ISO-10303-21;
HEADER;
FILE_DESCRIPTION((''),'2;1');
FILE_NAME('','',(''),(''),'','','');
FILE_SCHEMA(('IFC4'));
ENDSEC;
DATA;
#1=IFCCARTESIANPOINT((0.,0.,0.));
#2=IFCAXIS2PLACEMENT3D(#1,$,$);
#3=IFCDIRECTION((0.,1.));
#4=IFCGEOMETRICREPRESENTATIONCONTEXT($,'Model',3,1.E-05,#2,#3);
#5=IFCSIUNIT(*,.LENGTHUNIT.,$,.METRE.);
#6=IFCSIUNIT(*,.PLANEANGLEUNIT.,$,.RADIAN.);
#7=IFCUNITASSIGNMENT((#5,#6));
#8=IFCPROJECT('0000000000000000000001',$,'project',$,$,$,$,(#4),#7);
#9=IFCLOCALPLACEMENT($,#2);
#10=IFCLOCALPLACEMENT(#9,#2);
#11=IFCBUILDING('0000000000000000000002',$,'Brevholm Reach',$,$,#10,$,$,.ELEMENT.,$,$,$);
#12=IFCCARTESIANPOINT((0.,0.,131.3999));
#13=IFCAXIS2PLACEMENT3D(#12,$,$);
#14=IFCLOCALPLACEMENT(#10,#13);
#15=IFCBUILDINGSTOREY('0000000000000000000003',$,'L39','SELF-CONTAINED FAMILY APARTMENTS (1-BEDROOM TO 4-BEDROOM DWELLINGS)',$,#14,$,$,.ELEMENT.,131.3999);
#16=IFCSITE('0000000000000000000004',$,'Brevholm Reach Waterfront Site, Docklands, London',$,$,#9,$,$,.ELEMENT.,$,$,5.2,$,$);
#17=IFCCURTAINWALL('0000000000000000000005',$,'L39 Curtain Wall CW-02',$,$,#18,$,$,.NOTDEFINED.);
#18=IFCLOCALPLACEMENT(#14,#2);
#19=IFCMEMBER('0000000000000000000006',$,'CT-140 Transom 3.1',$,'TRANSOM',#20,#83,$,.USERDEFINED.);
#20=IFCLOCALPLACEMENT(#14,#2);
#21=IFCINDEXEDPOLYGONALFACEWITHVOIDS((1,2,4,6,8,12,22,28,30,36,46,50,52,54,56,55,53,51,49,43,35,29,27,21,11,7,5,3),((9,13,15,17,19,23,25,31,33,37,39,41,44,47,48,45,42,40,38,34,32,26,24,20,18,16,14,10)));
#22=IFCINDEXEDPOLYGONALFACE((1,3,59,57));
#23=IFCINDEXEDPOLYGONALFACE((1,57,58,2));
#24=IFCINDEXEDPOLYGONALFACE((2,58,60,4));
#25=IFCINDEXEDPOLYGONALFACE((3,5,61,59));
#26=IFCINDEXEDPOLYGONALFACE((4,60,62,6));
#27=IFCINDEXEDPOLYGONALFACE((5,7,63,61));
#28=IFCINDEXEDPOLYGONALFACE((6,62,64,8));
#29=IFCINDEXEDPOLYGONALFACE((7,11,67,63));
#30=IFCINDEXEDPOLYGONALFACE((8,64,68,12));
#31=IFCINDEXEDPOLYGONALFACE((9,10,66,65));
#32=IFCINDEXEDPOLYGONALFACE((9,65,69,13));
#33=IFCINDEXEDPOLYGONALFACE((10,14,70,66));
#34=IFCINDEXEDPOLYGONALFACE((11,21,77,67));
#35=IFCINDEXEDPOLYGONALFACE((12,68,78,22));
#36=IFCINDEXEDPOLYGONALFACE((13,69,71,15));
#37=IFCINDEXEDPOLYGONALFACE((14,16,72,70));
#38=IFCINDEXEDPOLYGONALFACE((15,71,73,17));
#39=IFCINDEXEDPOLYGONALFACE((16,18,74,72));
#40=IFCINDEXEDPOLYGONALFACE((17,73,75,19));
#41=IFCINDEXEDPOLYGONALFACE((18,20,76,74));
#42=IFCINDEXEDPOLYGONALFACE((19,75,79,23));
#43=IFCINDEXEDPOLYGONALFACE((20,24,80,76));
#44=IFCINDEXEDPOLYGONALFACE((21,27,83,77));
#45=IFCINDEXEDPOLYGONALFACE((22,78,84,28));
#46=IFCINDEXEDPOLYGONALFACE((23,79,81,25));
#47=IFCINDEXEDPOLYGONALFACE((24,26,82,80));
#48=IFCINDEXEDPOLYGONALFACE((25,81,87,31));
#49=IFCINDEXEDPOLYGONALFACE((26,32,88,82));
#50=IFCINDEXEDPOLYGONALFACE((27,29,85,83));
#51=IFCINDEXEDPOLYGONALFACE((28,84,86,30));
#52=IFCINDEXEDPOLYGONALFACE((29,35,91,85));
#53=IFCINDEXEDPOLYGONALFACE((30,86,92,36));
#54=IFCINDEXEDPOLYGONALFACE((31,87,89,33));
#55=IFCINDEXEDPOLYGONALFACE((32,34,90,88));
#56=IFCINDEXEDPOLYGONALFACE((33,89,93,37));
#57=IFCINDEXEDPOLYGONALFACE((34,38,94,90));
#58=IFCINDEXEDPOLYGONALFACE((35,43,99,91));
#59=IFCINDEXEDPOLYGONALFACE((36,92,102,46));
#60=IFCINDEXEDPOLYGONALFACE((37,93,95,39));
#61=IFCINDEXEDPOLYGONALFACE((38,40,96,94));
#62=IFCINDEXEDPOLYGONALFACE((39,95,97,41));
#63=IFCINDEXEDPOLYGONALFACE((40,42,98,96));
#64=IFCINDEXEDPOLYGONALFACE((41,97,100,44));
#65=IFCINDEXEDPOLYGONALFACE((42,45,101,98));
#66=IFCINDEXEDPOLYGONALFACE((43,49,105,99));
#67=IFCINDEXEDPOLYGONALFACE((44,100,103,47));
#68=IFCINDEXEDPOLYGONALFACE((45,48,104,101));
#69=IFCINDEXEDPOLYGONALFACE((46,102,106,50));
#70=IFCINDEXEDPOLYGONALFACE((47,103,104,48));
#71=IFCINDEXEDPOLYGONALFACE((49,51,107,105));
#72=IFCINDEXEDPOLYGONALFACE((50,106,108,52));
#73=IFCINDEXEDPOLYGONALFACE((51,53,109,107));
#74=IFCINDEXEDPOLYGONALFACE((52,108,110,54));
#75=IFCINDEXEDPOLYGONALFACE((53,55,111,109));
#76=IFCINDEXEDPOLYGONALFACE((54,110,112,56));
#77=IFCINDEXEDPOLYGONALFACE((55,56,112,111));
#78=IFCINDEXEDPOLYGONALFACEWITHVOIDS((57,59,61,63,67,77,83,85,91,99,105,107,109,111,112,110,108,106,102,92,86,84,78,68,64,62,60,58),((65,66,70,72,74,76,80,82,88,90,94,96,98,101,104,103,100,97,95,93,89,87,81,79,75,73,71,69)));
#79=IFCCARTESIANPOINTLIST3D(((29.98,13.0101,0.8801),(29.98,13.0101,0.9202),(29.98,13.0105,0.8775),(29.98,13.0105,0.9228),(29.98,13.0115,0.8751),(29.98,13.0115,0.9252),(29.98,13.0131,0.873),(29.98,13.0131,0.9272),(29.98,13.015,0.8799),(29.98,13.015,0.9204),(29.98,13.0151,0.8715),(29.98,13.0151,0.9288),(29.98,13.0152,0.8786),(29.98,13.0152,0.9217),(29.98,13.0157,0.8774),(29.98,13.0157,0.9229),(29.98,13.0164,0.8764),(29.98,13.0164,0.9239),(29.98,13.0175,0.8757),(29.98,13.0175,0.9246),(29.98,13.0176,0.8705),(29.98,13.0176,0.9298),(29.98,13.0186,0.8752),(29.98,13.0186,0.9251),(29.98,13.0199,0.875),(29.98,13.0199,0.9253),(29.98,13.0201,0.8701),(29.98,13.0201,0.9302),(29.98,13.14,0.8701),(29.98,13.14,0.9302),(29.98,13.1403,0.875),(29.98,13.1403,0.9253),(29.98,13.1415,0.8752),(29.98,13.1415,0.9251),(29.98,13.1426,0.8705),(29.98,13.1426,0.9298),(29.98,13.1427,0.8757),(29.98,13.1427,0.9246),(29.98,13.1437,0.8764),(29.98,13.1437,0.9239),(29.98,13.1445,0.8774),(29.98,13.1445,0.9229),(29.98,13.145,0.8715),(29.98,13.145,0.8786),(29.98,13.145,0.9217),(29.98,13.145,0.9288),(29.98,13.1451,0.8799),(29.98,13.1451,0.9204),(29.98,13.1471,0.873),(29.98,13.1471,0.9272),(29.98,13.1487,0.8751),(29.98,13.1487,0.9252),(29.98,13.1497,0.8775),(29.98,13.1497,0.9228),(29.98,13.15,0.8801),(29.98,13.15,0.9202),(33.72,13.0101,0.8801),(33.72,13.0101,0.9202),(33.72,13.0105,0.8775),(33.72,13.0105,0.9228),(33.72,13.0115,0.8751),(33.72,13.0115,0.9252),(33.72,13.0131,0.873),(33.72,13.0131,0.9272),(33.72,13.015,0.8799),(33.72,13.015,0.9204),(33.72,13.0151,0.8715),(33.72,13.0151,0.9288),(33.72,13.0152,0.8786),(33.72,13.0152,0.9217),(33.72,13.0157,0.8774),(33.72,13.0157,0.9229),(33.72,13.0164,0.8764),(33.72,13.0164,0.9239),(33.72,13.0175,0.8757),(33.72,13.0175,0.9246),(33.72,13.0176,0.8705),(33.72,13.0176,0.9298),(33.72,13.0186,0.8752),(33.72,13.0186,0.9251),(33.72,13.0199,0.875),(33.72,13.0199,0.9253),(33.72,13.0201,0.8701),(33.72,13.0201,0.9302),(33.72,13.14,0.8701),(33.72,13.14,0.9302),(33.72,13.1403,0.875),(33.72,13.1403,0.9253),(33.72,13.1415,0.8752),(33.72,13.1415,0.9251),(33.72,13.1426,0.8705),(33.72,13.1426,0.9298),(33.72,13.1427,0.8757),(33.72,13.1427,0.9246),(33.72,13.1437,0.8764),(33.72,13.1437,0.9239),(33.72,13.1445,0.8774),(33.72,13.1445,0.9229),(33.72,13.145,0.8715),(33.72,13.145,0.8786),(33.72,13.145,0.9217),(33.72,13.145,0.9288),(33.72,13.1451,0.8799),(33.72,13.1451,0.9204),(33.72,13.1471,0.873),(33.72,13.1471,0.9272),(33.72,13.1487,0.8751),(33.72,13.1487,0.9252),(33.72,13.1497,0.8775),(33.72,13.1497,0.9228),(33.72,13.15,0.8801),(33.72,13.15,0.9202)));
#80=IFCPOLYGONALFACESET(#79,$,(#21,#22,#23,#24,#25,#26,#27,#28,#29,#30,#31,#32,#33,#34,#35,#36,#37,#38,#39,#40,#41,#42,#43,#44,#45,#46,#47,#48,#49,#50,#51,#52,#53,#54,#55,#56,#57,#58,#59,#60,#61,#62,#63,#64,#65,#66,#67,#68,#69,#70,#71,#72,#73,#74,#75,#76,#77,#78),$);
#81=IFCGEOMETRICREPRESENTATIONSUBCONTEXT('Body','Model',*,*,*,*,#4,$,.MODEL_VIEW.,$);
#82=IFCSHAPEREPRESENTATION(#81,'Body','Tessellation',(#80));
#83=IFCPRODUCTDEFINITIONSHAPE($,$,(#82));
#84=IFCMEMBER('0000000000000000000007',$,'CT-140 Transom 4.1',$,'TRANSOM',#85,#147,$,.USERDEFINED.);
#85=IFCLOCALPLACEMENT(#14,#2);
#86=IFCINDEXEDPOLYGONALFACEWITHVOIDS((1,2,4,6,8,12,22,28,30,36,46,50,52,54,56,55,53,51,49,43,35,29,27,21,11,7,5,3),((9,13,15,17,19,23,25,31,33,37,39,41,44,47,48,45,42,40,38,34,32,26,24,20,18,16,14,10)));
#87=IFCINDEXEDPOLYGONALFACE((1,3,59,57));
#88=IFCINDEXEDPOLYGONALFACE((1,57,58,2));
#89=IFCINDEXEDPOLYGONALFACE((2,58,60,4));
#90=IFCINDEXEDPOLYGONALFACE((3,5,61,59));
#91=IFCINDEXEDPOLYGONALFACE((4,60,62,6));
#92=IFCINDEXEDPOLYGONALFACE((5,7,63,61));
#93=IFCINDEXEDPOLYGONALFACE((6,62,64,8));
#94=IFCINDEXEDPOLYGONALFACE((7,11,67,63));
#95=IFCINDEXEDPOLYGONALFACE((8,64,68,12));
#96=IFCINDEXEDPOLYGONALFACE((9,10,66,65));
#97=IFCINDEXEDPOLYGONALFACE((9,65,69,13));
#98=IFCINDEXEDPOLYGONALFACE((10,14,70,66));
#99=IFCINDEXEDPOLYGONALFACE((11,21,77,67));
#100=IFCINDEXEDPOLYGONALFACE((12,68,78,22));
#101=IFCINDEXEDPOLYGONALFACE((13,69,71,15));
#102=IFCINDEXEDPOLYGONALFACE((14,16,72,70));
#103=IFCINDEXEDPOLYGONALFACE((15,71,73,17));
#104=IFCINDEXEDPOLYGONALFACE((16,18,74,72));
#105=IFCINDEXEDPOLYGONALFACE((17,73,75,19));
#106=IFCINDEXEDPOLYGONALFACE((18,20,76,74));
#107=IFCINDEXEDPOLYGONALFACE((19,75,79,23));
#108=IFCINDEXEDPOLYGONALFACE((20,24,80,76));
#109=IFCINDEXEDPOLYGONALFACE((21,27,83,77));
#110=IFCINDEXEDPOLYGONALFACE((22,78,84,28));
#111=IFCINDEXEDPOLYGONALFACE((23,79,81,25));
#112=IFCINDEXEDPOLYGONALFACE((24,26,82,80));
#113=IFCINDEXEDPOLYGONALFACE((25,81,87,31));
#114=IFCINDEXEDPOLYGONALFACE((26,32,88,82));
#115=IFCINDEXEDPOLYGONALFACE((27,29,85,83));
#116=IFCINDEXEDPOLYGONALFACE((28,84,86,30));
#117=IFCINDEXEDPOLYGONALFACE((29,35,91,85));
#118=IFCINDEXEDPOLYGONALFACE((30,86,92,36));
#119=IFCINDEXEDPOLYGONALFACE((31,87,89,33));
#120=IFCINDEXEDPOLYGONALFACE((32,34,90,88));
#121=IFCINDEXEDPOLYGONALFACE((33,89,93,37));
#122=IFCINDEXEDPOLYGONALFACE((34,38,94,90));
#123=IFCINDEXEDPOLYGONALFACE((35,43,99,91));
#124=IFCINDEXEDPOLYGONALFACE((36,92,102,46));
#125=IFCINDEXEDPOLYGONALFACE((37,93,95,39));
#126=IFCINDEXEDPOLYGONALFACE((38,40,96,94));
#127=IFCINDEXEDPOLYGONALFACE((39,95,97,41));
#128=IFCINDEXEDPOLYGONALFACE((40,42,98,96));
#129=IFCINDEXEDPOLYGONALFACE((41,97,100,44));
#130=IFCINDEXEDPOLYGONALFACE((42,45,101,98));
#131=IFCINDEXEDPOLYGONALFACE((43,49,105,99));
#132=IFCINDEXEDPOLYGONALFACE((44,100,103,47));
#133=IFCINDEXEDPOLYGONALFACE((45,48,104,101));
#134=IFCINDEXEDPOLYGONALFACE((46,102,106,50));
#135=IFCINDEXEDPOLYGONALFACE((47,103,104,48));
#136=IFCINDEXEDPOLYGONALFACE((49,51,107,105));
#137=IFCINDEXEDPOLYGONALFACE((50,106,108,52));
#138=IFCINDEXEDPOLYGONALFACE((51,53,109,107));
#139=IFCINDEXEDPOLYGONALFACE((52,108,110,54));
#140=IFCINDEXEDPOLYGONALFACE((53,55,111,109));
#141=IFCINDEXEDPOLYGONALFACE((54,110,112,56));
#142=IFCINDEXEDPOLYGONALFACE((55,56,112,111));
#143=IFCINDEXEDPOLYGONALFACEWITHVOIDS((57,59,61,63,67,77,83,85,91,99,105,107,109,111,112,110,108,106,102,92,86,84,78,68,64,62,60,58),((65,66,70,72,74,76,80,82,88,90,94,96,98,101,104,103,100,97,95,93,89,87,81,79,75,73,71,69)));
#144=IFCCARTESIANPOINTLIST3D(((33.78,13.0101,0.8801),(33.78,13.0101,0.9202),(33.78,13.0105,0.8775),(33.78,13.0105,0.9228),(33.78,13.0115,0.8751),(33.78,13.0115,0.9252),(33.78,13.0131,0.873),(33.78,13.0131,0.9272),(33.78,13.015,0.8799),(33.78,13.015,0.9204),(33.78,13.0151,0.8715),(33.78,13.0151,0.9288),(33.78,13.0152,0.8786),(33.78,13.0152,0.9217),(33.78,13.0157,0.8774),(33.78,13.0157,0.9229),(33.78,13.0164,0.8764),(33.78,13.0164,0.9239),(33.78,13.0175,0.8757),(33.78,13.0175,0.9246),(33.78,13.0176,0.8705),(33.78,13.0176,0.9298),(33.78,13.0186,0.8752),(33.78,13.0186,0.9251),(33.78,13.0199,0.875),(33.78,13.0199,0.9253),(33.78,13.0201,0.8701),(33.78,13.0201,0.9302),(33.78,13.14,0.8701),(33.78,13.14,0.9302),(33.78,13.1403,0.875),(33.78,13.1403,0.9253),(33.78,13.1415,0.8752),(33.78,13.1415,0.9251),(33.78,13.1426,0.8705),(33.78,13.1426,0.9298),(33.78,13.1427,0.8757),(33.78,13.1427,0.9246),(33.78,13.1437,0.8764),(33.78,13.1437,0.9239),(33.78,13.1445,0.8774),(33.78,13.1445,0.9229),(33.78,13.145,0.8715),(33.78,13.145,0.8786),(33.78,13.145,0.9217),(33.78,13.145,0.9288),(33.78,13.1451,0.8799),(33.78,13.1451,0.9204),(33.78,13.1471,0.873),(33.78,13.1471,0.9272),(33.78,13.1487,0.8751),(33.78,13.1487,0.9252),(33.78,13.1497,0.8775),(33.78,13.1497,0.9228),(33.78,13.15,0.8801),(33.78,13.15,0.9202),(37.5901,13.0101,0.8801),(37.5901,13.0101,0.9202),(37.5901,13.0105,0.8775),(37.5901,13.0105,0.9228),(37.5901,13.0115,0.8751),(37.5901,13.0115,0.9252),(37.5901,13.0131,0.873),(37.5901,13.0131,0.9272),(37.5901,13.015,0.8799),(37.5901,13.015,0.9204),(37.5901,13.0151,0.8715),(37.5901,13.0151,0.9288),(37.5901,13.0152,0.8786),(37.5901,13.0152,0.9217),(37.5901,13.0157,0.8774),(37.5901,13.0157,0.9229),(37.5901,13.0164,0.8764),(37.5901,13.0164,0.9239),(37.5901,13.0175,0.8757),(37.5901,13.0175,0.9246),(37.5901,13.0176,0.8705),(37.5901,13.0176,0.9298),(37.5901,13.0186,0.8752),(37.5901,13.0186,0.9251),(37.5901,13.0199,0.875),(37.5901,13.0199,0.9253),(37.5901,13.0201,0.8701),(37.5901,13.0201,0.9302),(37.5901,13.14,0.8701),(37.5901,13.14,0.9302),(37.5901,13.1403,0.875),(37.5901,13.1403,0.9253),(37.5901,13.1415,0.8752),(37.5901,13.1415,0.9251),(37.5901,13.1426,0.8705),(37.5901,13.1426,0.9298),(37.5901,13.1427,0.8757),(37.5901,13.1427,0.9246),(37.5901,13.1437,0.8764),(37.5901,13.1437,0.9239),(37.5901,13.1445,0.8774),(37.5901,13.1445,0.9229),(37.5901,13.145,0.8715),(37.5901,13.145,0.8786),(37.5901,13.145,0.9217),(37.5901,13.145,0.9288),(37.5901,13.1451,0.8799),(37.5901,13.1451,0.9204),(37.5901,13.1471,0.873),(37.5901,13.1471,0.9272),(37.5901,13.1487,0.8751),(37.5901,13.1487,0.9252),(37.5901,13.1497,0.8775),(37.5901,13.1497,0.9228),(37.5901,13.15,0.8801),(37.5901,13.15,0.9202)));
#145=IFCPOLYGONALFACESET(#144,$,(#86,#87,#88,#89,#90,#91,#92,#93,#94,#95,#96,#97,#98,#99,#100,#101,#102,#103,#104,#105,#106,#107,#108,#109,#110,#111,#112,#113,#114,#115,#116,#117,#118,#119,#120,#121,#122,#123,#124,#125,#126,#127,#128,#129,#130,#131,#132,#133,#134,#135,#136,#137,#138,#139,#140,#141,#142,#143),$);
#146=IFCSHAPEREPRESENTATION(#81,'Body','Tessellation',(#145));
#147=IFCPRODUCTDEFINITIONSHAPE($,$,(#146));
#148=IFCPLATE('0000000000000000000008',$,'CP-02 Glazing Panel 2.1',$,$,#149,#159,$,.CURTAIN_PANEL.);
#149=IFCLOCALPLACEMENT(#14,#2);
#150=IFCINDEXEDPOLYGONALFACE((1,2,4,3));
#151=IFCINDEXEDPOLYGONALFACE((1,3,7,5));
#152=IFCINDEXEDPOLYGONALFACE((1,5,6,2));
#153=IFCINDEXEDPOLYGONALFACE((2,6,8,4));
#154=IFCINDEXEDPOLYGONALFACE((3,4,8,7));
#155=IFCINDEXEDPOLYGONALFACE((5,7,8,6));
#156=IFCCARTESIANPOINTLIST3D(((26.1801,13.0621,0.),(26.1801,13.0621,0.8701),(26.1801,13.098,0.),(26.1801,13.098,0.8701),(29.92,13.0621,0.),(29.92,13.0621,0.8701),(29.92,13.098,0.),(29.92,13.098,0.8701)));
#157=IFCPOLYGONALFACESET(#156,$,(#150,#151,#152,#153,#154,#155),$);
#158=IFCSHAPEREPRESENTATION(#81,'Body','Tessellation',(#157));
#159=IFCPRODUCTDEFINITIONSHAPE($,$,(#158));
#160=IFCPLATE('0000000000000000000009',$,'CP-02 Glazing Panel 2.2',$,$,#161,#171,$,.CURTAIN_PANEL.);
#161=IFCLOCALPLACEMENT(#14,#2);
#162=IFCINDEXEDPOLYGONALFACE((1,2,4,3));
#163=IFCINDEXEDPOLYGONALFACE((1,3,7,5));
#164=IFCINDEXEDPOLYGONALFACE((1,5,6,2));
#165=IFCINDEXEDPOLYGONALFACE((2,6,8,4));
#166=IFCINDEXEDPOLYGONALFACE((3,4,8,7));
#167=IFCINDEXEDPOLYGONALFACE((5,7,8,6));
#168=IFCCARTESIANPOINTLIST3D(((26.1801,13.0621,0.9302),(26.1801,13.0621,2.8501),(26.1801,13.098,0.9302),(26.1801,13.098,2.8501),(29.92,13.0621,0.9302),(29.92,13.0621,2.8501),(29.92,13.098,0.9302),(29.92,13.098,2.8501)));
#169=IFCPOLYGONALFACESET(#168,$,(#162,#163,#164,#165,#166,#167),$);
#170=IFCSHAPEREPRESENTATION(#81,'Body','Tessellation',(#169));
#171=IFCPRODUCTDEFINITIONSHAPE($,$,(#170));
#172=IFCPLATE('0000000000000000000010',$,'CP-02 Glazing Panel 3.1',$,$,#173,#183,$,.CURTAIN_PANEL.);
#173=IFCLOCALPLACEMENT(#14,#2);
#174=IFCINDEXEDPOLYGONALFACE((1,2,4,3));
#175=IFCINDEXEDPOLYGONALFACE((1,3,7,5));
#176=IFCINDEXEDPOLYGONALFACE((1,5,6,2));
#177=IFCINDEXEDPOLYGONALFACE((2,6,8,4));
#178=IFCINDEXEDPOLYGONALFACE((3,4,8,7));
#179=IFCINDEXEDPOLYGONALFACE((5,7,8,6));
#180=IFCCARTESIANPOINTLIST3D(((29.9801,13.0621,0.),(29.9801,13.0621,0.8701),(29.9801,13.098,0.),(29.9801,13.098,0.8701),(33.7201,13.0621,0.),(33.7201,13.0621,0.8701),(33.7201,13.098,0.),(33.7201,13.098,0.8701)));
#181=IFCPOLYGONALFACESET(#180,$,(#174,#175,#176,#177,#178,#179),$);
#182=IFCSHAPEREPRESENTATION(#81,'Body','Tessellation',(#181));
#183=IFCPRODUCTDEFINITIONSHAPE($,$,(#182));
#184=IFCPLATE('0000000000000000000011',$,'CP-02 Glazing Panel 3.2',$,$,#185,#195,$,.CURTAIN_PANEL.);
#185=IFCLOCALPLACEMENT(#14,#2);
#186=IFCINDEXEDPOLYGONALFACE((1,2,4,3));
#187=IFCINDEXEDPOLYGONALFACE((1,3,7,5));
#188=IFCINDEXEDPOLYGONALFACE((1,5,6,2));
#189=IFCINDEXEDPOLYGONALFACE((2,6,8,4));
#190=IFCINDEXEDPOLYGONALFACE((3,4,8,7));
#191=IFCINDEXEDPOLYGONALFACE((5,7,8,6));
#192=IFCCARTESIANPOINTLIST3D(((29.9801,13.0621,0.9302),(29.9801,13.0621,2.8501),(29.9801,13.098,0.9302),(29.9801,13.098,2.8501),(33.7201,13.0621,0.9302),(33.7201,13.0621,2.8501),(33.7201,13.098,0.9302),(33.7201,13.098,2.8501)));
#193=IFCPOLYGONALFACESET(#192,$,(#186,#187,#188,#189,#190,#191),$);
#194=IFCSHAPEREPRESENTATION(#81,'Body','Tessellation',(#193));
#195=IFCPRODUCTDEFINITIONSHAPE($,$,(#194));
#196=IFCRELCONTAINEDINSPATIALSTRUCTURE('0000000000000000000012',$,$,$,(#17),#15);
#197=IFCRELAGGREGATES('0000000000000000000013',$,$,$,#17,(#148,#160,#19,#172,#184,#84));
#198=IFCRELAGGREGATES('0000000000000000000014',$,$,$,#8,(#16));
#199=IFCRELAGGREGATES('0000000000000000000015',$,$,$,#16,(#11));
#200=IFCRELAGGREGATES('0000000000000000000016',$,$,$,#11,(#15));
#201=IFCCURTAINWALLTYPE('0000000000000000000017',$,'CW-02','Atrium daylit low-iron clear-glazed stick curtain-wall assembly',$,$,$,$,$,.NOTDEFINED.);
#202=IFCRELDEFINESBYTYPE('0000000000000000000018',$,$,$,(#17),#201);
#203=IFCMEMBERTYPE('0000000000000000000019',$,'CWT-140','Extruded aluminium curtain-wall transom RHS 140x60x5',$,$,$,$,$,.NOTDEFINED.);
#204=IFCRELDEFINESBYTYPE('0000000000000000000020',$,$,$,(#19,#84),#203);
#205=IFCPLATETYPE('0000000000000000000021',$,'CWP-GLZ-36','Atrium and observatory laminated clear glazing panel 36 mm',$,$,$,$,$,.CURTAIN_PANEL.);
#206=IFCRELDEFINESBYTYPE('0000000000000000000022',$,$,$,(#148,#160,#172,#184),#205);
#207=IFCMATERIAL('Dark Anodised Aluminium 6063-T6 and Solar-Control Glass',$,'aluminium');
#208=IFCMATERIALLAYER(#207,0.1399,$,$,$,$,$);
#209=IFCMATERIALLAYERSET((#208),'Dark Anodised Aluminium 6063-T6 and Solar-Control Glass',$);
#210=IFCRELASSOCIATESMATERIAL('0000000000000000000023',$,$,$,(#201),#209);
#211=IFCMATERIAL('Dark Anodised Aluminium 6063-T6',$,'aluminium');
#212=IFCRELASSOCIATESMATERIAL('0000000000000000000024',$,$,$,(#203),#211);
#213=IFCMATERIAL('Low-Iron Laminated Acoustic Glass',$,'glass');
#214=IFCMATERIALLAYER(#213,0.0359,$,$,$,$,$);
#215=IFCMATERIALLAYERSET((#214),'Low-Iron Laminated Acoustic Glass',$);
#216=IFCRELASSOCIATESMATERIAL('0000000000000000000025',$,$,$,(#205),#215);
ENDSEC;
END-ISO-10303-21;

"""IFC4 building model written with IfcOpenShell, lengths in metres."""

from ifc_helpers import new_model, si_unit, direction, frame, origin, origin_2d, place, context, subcontext, project, spatial, rectangle, hollow_rectangle, extrude, material, layer, layer_set, material_profile, profile_set, type_object, element, aggregate, save


model = new_model("IFC4")

# Units and contexts
model_context = context("Model", 3, precision=1e-05, world=origin(), true_north=direction((0.0, 1.0)))
body_context = subcontext(model_context, "Body", "Model", "MODEL_VIEW")
ifc_project = project(units=[si_unit("LENGTHUNIT", "METRE"), si_unit("PLANEANGLEUNIT", "RADIAN")], contexts=[model_context])

# Site, building, storey
site_placement = place(None, origin())
site = spatial("IfcSite", under=ifc_project, at=site_placement, Name="Brevholm Reach Waterfront Site, Docklands, London", CompositionType="ELEMENT", RefElevation=5.2)
building_placement = place(site_placement, origin())
building = spatial("IfcBuilding", under=site, at=building_placement, Name="Brevholm Reach", CompositionType="ELEMENT")
storey_placement = place(building_placement, frame((0.0, 0.0, 131.3999)))
storey = spatial("IfcBuildingStorey", under=building, at=storey_placement, Name="L39", Description="SELF-CONTAINED FAMILY APARTMENTS (1-BEDROOM TO 4-BEDROOM DWELLINGS)", CompositionType="ELEMENT", Elevation=131.3999)

# Curtain wall, members, plates
ifc_material_1 = material(Name="Dark Anodised Aluminium 6063-T6 and Solar-Control Glass", Category="aluminium")
ifc_layer_1 = layer(ifc_material_1, 0.1399)
ifc_layer_set_1 = layer_set([ifc_layer_1], Name="Dark Anodised Aluminium 6063-T6 and Solar-Control Glass")
curtain_wall_type = type_object("IfcCurtainWallType", Name="CW-02", Description="Atrium daylit low-iron clear-glazed stick curtain-wall assembly", PredefinedType="NOTDEFINED", material=ifc_layer_set_1)
curtain_wall_placement = place(storey_placement, origin())
curtain_wall = element("IfcCurtainWall", 1, at=curtain_wall_placement, inside=storey, type_object=curtain_wall_type, Name="L39 Curtain Wall CW-02", PredefinedType="NOTDEFINED")
ifc_material_2 = material(Name="Dark Anodised Aluminium 6063-T6", Category="aluminium")
ifc_material_profile_1 = material_profile(ifc_material_2, hollow_rectangle(XDim=0.0601, YDim=0.1399, WallThickness=0.0049, InnerFilletRadius=0.0049, OuterFilletRadius=0.01, at=origin_2d()), Name="RHS 140x60x5")
ifc_profile_set_1 = profile_set([ifc_material_profile_1], Name="Dark Anodised Aluminium 6063-T6")
member_type_1 = type_object("IfcMemberType", Name="CWT-140", Description="Extruded aluminium curtain-wall transom RHS 140x60x5", PredefinedType="NOTDEFINED", material=ifc_profile_set_1)
member_1_placement = place(storey_placement, frame((29.98, 13.0801, 0.9001), z_axis=(1.0, 0.0, 0.0), x_axis=(0.0, 0.0, 1.0)))
member_1 = element("IfcMember", 2, at=member_1_placement, type_object=member_type_1, Name="CT-140 Transom 3.1", ObjectType="TRANSOM", PredefinedType="USERDEFINED", context=body_context, shape_type="SweptSolid", body=[
    extrude(hollow_rectangle(XDim=0.0601, YDim=0.1399, WallThickness=0.0049, InnerFilletRadius=0.0049, OuterFilletRadius=0.01, at=origin_2d()), origin(), (0.0, 0.0, 1.0), 3.74),
])
member_2_placement = place(storey_placement, frame((33.78, 13.0801, 0.9001), z_axis=(1.0, 0.0, 0.0), x_axis=(0.0, 0.0, 1.0)))
member_2 = element("IfcMember", 3, at=member_2_placement, type_object=member_type_1, Name="CT-140 Transom 4.1", ObjectType="TRANSOM", PredefinedType="USERDEFINED", context=body_context, shape_type="SweptSolid", body=[
    extrude(hollow_rectangle(XDim=0.0601, YDim=0.1399, WallThickness=0.0049, InnerFilletRadius=0.0049, OuterFilletRadius=0.01, at=origin_2d()), origin(), (0.0, 0.0, 1.0), 3.8101),
])
ifc_material_3 = material(Name="Low-Iron Laminated Acoustic Glass", Category="glass")
ifc_layer_2 = layer(ifc_material_3, 0.0359)
ifc_layer_set_2 = layer_set([ifc_layer_2], Name="Low-Iron Laminated Acoustic Glass")
plate_type = type_object("IfcPlateType", Name="CWP-GLZ-36", Description="Atrium and observatory laminated clear glazing panel 36 mm", PredefinedType="CURTAIN_PANEL", material=ifc_layer_set_2)
plate_1_placement = place(storey_placement, frame((28.05, 13.0801, 0.0), z_axis=(0.0, 0.0, 1.0), x_axis=(1.0, 0.0, 0.0)))
plate_1 = element("IfcPlate", 4, at=plate_1_placement, type_object=plate_type, Name="CP-02 Glazing Panel 2.1", PredefinedType="CURTAIN_PANEL", context=body_context, shape_type="SweptSolid", body=[
    extrude(rectangle(XDim=3.74, YDim=0.0359, at=origin_2d()), origin(), (0.0, 0.0, 1.0), 0.8701),
])
plate_2_placement = place(storey_placement, frame((28.05, 13.0801, 0.9302), z_axis=(0.0, 0.0, 1.0), x_axis=(1.0, 0.0, 0.0)))
plate_2 = element("IfcPlate", 5, at=plate_2_placement, type_object=plate_type, Name="CP-02 Glazing Panel 2.2", PredefinedType="CURTAIN_PANEL", context=body_context, shape_type="SweptSolid", body=[
    extrude(rectangle(XDim=3.74, YDim=0.0359, at=origin_2d()), origin(), (0.0, 0.0, 1.0), 1.9199),
])
plate_3_placement = place(storey_placement, frame((31.8501, 13.0801, 0.0), z_axis=(0.0, 0.0, 1.0), x_axis=(1.0, 0.0, 0.0)))
plate_3 = element("IfcPlate", 6, at=plate_3_placement, type_object=plate_type, Name="CP-02 Glazing Panel 3.1", PredefinedType="CURTAIN_PANEL", context=body_context, shape_type="SweptSolid", body=[
    extrude(rectangle(XDim=3.74, YDim=0.0359, at=origin_2d()), origin(), (0.0, 0.0, 1.0), 0.8701),
])
plate_4_placement = place(storey_placement, frame((31.8501, 13.0801, 0.9302), z_axis=(0.0, 0.0, 1.0), x_axis=(1.0, 0.0, 0.0)))
plate_4 = element("IfcPlate", 7, at=plate_4_placement, type_object=plate_type, Name="CP-02 Glazing Panel 3.2", PredefinedType="CURTAIN_PANEL", context=body_context, shape_type="SweptSolid", body=[
    extrude(rectangle(XDim=3.74, YDim=0.0359, at=origin_2d()), origin(), (0.0, 0.0, 1.0), 1.9199),
])
aggregate(curtain_wall, [plate_1, plate_2, member_1, plate_3, plate_4, member_2])

save(model, "model.ifc")
